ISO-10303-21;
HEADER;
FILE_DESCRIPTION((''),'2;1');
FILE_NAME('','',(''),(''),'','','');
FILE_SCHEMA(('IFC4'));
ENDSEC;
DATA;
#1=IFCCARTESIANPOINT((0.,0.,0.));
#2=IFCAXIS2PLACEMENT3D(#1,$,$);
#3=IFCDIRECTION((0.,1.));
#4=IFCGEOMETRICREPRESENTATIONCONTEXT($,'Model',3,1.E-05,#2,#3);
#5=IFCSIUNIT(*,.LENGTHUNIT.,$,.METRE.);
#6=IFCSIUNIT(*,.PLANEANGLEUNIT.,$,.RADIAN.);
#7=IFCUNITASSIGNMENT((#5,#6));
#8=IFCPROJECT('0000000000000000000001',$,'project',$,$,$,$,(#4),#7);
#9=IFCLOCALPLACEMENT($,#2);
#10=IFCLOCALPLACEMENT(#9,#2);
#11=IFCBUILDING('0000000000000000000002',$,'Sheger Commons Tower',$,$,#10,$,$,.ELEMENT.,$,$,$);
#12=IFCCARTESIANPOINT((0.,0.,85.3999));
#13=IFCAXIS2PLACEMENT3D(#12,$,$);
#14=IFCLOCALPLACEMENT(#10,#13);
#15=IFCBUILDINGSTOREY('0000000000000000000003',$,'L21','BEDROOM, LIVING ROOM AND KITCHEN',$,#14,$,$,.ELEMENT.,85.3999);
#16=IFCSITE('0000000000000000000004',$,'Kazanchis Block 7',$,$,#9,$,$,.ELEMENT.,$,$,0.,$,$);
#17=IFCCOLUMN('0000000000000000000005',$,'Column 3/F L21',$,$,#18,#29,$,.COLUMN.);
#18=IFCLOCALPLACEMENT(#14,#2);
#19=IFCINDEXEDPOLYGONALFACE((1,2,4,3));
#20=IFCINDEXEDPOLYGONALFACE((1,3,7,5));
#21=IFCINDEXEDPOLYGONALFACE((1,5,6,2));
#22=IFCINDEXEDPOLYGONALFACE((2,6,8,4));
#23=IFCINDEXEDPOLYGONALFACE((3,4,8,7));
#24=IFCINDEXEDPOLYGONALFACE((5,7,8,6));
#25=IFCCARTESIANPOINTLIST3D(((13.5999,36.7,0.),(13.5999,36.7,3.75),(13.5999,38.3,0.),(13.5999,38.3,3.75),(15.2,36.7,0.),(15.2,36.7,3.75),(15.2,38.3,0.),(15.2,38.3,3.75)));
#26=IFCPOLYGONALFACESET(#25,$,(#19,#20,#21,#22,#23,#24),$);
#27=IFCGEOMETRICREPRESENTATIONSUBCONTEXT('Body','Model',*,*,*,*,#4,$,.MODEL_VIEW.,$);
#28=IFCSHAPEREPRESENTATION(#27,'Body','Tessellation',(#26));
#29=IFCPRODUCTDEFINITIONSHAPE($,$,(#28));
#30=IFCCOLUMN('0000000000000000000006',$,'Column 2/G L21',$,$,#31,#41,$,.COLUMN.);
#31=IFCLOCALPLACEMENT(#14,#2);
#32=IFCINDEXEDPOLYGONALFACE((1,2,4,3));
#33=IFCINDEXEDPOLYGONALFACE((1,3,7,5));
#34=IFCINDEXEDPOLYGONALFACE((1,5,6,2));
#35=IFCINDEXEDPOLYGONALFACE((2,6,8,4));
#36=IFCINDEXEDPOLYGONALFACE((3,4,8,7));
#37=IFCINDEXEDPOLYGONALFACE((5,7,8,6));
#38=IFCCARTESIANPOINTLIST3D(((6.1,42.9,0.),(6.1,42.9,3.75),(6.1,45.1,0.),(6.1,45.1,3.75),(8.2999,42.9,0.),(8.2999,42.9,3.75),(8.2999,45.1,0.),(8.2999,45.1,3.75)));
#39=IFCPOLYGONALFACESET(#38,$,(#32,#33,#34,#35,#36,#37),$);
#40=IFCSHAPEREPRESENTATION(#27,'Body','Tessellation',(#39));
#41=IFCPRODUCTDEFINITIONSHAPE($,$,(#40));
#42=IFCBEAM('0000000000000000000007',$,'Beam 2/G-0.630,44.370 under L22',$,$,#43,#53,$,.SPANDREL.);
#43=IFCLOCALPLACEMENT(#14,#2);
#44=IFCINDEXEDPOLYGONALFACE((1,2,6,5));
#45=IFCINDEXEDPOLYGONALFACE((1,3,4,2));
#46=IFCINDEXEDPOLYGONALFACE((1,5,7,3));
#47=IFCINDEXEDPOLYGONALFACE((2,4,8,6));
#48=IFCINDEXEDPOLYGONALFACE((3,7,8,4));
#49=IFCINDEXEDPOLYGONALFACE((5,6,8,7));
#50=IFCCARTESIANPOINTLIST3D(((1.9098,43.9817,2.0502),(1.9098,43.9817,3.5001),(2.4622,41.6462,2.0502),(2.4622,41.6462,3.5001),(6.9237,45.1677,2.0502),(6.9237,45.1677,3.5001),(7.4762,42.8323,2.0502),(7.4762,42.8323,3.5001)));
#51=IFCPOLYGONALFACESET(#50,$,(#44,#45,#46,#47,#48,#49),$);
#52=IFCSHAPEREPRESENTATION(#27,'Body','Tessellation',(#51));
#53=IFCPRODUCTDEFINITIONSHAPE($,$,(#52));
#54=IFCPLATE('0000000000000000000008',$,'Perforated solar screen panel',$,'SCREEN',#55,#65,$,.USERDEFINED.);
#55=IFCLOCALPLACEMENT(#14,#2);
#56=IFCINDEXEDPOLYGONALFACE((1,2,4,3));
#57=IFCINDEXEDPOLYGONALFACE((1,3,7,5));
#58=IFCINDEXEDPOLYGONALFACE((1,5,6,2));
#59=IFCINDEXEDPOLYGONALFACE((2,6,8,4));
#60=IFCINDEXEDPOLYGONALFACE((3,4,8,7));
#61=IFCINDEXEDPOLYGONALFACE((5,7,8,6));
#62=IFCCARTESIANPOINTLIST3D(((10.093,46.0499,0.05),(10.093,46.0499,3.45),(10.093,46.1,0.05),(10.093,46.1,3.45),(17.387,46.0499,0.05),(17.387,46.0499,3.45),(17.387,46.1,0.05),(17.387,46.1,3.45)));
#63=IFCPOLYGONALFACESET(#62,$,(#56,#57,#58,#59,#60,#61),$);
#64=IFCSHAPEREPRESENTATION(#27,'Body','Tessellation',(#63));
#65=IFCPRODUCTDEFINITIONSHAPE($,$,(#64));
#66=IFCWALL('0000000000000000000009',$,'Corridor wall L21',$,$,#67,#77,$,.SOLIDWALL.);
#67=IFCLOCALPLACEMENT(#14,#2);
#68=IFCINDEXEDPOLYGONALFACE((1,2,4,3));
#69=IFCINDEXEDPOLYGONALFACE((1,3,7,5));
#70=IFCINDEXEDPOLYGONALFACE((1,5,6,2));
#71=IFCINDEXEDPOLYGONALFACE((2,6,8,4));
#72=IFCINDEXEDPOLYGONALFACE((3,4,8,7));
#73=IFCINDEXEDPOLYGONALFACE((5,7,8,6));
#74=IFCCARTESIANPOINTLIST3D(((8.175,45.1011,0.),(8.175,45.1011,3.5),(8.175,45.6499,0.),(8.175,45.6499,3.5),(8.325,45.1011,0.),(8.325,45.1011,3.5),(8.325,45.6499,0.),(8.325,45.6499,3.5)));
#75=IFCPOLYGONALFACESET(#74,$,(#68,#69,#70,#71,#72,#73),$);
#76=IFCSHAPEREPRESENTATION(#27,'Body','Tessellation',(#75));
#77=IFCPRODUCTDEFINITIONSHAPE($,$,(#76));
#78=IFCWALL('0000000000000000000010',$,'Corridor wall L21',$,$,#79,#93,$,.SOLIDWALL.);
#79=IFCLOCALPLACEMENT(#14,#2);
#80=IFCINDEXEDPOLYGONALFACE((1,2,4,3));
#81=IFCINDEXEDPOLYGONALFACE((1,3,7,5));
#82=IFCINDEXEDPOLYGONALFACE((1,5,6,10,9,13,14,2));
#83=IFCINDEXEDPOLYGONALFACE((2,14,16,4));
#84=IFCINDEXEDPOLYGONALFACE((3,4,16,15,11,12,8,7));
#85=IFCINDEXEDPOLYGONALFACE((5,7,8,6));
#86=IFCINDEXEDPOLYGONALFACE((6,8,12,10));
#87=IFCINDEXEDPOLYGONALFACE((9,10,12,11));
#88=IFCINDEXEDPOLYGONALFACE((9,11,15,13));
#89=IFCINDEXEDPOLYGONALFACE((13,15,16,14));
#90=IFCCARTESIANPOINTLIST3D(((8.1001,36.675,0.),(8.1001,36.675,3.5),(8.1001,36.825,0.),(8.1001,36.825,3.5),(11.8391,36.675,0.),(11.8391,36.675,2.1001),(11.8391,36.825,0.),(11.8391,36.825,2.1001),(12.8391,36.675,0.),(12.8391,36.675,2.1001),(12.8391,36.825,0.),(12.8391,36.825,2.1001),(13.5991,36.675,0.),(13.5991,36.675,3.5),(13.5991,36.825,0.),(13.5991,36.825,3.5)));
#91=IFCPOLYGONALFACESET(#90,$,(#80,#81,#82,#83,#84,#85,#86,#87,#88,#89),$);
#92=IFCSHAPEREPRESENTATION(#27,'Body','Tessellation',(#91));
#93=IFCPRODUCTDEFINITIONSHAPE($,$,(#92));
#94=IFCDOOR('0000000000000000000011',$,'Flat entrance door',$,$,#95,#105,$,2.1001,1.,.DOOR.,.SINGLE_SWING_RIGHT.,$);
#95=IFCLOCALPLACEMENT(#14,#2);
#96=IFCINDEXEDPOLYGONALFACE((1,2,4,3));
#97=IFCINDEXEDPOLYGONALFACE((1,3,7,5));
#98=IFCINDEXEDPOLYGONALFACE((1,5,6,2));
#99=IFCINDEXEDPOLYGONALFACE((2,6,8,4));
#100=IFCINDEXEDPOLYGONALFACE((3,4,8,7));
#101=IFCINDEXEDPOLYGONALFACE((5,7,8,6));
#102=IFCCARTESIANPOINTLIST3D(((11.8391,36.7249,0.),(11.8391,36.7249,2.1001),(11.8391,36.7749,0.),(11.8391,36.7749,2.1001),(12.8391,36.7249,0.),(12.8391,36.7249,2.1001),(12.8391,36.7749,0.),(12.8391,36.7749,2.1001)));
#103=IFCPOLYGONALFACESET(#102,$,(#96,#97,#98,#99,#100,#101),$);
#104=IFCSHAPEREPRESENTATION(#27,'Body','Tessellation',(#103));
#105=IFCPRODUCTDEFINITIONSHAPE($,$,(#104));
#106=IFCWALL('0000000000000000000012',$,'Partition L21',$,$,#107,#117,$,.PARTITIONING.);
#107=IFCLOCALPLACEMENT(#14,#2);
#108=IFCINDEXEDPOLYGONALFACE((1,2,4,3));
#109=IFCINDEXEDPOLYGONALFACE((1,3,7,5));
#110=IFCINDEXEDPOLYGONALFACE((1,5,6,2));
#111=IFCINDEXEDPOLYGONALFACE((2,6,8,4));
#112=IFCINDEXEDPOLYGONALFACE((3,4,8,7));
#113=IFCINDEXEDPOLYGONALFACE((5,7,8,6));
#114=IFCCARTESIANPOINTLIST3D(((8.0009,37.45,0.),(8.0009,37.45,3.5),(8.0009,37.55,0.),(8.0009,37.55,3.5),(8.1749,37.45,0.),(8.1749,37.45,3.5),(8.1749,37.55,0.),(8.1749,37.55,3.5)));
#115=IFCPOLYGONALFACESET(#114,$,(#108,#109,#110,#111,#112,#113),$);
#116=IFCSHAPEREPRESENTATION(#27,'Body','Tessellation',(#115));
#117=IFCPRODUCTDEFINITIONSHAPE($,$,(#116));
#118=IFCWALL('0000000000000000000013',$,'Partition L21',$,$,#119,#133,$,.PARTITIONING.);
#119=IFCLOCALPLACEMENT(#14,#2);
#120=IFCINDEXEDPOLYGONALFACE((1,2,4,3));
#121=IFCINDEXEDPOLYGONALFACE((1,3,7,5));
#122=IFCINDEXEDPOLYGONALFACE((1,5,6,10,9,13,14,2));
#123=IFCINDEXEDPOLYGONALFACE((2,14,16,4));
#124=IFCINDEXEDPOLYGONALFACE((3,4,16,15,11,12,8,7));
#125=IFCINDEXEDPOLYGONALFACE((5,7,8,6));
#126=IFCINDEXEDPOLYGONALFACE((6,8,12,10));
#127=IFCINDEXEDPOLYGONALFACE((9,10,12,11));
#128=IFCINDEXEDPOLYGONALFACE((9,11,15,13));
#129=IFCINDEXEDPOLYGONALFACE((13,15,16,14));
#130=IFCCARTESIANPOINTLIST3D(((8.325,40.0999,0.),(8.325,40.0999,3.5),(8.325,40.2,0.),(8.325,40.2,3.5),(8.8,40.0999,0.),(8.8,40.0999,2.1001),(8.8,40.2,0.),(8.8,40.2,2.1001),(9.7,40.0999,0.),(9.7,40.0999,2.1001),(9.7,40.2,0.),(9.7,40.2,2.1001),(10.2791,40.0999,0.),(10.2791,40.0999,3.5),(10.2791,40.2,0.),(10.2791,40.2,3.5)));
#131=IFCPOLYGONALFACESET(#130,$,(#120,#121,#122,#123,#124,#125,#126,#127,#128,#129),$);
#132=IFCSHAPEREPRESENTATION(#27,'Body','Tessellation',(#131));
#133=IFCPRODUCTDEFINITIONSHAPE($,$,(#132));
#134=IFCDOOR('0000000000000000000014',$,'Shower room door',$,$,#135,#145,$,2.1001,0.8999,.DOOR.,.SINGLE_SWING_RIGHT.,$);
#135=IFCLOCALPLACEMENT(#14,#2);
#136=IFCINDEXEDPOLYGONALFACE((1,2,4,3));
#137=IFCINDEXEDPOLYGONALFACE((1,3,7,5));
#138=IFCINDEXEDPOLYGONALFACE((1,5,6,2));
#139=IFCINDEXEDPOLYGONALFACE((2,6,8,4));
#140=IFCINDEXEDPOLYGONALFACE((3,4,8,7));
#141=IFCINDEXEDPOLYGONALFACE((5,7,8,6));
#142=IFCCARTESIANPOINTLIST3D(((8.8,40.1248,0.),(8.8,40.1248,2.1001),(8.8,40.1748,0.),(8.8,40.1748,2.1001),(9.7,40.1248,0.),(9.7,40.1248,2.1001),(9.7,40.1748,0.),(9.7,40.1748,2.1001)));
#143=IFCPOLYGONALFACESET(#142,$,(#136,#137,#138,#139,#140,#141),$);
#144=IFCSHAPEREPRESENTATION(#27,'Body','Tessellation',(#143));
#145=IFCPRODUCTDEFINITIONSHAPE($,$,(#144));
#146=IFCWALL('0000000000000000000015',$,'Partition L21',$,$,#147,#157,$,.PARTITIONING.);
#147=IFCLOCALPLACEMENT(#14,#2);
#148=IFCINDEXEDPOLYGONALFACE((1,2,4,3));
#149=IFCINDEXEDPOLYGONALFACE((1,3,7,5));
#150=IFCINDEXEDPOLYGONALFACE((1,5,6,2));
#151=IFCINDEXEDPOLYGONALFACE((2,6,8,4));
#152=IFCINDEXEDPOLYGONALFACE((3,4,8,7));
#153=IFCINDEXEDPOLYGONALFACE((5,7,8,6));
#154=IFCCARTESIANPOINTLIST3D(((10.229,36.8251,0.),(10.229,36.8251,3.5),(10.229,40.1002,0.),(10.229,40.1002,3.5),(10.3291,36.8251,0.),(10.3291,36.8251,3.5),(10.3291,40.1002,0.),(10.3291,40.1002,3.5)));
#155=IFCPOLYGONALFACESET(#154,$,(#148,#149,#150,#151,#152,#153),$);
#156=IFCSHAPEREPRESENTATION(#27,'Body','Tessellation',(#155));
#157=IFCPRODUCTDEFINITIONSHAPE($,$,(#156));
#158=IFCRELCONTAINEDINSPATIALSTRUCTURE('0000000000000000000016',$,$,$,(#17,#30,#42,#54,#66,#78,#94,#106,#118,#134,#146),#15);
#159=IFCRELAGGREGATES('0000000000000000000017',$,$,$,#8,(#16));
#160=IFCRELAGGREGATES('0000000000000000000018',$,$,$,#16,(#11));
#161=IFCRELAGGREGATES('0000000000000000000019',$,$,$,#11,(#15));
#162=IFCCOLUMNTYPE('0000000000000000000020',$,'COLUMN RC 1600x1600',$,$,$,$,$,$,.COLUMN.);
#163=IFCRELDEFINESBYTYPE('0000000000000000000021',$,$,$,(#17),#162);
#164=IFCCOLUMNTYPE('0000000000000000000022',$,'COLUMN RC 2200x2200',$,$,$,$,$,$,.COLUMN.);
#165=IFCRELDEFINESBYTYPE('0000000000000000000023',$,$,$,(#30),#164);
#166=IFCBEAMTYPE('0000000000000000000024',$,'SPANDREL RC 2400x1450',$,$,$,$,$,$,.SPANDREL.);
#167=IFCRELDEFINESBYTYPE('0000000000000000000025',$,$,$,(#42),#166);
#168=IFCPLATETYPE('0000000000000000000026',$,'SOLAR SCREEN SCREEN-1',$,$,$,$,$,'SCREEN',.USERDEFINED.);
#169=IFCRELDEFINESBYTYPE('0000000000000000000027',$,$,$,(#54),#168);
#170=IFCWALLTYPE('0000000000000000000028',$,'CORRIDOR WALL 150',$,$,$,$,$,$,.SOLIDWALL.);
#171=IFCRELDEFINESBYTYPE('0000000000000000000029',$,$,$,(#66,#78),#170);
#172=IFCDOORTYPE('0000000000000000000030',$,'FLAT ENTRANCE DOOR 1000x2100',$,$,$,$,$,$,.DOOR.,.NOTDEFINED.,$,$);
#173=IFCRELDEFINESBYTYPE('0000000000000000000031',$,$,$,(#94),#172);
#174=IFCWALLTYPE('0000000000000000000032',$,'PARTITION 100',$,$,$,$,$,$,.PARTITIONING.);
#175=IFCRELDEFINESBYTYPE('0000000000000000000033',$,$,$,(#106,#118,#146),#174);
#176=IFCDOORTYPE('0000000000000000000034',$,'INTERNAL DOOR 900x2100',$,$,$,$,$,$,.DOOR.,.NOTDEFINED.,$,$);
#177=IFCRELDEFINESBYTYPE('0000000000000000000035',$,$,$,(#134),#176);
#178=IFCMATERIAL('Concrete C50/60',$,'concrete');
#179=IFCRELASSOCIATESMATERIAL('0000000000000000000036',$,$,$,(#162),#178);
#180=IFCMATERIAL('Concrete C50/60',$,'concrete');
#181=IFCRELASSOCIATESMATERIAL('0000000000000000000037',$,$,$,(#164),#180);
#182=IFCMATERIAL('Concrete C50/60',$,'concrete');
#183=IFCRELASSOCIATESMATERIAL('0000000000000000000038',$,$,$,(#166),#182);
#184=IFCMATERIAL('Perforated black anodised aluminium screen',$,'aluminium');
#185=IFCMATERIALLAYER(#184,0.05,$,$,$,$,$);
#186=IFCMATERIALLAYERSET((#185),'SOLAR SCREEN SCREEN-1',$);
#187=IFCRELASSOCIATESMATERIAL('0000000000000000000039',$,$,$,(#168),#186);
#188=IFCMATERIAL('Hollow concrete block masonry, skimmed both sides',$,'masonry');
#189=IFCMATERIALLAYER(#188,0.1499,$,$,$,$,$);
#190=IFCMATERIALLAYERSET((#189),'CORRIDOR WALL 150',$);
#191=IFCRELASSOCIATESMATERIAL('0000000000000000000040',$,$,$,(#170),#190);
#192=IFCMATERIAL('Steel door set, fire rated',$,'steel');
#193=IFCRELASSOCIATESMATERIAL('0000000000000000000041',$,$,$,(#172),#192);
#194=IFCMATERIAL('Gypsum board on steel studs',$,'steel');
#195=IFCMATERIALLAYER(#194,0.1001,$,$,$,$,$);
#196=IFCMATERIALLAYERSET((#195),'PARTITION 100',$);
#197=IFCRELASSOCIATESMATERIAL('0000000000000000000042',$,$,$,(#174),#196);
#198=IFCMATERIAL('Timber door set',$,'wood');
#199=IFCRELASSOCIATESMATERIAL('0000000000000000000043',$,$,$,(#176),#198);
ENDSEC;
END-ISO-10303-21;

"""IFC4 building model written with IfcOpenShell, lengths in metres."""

from ifc_helpers import new_model, si_unit, direction, frame, frame_2d, origin, origin_2d, place, context, subcontext, project, spatial, rectangle, extrude, material, layer, layer_set, material_profile, profile_set, type_object, element, fill, save


model = new_model("IFC4")

# Units and contexts
model_context = context("Model", 3, precision=1e-05, world=origin(), true_north=direction((0.0, 1.0)))
body_context = subcontext(model_context, "Body", "Model", "MODEL_VIEW")
ifc_project = project(units=[si_unit("LENGTHUNIT", "METRE"), si_unit("PLANEANGLEUNIT", "RADIAN")], contexts=[model_context])

# Site, building, storey
site_placement = place(None, origin())
site = spatial("IfcSite", under=ifc_project, at=site_placement, Name="Kazanchis Block 7", CompositionType="ELEMENT", RefElevation=0.0)
building_placement = place(site_placement, origin())
building = spatial("IfcBuilding", under=site, at=building_placement, Name="Sheger Commons Tower", CompositionType="ELEMENT")
storey_placement = place(building_placement, frame((0.0, 0.0, 85.3999)))
storey = spatial("IfcBuildingStorey", under=building, at=storey_placement, Name="L21", Description="BEDROOM, LIVING ROOM AND KITCHEN", CompositionType="ELEMENT", Elevation=85.3999)

# Columns
ifc_material_1 = material(Name="Concrete C50/60", Category="concrete")
ifc_material_profile_1 = material_profile(ifc_material_1, rectangle(XDim=1.6001, YDim=1.6001, at=origin_2d()), Name="RC 1600x1600")
ifc_profile_set_1 = profile_set([ifc_material_profile_1], Name="Concrete C50/60")
column_type_1 = type_object("IfcColumnType", Name="COLUMN RC 1600x1600", PredefinedType="COLUMN", material=ifc_profile_set_1)
column_1_placement = place(storey_placement, frame((14.3999, 37.5, 0.0), z_axis=(0.0, 0.0, 1.0), x_axis=(1.0, 0.0, 0.0)))
element("IfcColumn", 1, at=column_1_placement, inside=storey, type_object=column_type_1, Name="Column 3/F L21", PredefinedType="COLUMN", context=body_context, shape_type="SweptSolid", body=[
    extrude(rectangle(XDim=1.6001, YDim=1.6001, at=origin_2d()), origin(), (0.0, 0.0, 1.0), 3.75),
])
ifc_material_2 = material(Name="Concrete C50/60", Category="concrete")
ifc_material_profile_2 = material_profile(ifc_material_2, rectangle(XDim=2.2, YDim=2.2, at=origin_2d()), Name="RC 2200x2200")
ifc_profile_set_2 = profile_set([ifc_material_profile_2], Name="Concrete C50/60")
column_type_2 = type_object("IfcColumnType", Name="COLUMN RC 2200x2200", PredefinedType="COLUMN", material=ifc_profile_set_2)
column_2_placement = place(storey_placement, frame((7.2, 44.0, 0.0), z_axis=(0.0, 0.0, 1.0), x_axis=(1.0, 0.0, 0.0)))
element("IfcColumn", 2, at=column_2_placement, inside=storey, type_object=column_type_2, Name="Column 2/G L21", PredefinedType="COLUMN", context=body_context, shape_type="SweptSolid", body=[
    extrude(rectangle(XDim=2.2, YDim=2.2, at=origin_2d()), origin(), (0.0, 0.0, 1.0), 3.75),
])

# Beam
ifc_material_3 = material(Name="Concrete C50/60", Category="concrete")
ifc_material_profile_3 = material_profile(ifc_material_3, rectangle(XDim=2.3999, YDim=1.45, at=origin_2d()), Name="RC 2400x1450")
ifc_profile_set_3 = profile_set([ifc_material_profile_3], Name="Concrete C50/60")
beam_type = type_object("IfcBeamType", Name="SPANDREL RC 2400x1450", PredefinedType="SPANDREL", material=ifc_profile_set_3)
beam_placement = place(storey_placement, frame((7.2, 44.0, 2.7751), z_axis=(-0.973144, -0.230196, 0.0), x_axis=(0.230196, -0.973144, 0.0)))
element("IfcBeam", 3, at=beam_placement, inside=storey, type_object=beam_type, Name="Beam 2/G-0.630,44.370 under L22", PredefinedType="SPANDREL", context=body_context, shape_type="SweptSolid", body=[
    extrude(rectangle(XDim=2.3999, YDim=1.45, at=origin_2d()), origin(), (0.0, 0.0, 1.0), 5.1523),
])

# Plate
ifc_material_4 = material(Name="Perforated black anodised aluminium screen", Category="aluminium")
ifc_layer_1 = layer(ifc_material_4, 0.05)
ifc_layer_set_1 = layer_set([ifc_layer_1], Name="SOLAR SCREEN SCREEN-1")
plate_type = type_object("IfcPlateType", Name="SOLAR SCREEN SCREEN-1", ElementType="SCREEN", PredefinedType="USERDEFINED", material=ifc_layer_set_1)
plate_placement = place(storey_placement, frame((13.74, 46.075, 0.05), z_axis=(0.0, 0.0, 1.0), x_axis=(-1.0, 0.0, 0.0)))
element("IfcPlate", 4, at=plate_placement, inside=storey, type_object=plate_type, Name="Perforated solar screen panel", ObjectType="SCREEN", PredefinedType="USERDEFINED", context=body_context, shape_type="SweptSolid", body=[
    extrude(rectangle(XDim=7.2939, YDim=0.05, at=origin_2d()), origin(), (0.0, 0.0, 1.0), 3.3999),
])

# Wall
ifc_material_5 = material(Name="Hollow concrete block masonry, skimmed both sides", Category="masonry")
ifc_layer_2 = layer(ifc_material_5, 0.1499)
ifc_layer_set_2 = layer_set([ifc_layer_2], Name="CORRIDOR WALL 150")
wall_type_1 = type_object("IfcWallType", Name="CORRIDOR WALL 150", PredefinedType="SOLIDWALL", material=ifc_layer_set_2)
wall_1_placement = place(storey_placement, frame((8.25, 45.1011, 0.0), z_axis=(0.0, 0.0, 1.0), x_axis=(0.0, 1.0, 0.0)))
element("IfcWall", 5, at=wall_1_placement, inside=storey, type_object=wall_type_1, Name="Corridor wall L21", PredefinedType="SOLIDWALL", context=body_context, shape_type="SweptSolid", body=[
    extrude(rectangle(XDim=0.5488, YDim=0.1499, at=frame_2d((0.2744, 0.0))), origin(), (0.0, 0.0, 1.0), 3.5),
])

# Wall, opening, door
wall_2_placement = place(storey_placement, frame((8.1001, 36.75, 0.0), z_axis=(0.0, 0.0, 1.0), x_axis=(1.0, 0.0, 0.0)))
wall_2 = element("IfcWall", 6, at=wall_2_placement, inside=storey, type_object=wall_type_1, Name="Corridor wall L21", PredefinedType="SOLIDWALL", context=body_context, shape_type="SweptSolid", body=[
    extrude(rectangle(XDim=5.499, YDim=0.1499, at=frame_2d((2.7495, 0.0))), origin(), (0.0, 0.0, 1.0), 3.5),
])
opening_1_placement = place(wall_2_placement, frame((3.739, 0.0, 0.0)))
opening_1 = element("IfcOpeningElement", 7, at=opening_1_placement, cuts=wall_2, PredefinedType="OPENING", context=body_context, shape_type="SweptSolid", body=[
    extrude(rectangle(XDim=1.0, YDim=2.1001, at=frame_2d((0.5, 1.05))), frame((0.0, 0.085, 0.0), z_axis=(0.0, -1.0, 0.0), x_axis=(1.0, 0.0, 0.0)), (0.0, 0.0, 1.0), 0.1699),
])
ifc_material_6 = material(Name="Steel door set, fire rated", Category="steel")
door_type_1 = type_object("IfcDoorType", Name="FLAT ENTRANCE DOOR 1000x2100", OperationType="NOTDEFINED", PredefinedType="DOOR", material=ifc_material_6)
door_1_placement = place(opening_1_placement, origin())
door_1 = element("IfcDoor", 8, at=door_1_placement, inside=storey, type_object=door_type_1, Name="Flat entrance door", OperationType="SINGLE_SWING_RIGHT", OverallHeight=2.1001, OverallWidth=1.0, PredefinedType="DOOR", context=body_context, shape_type="SweptSolid", body=[
    extrude(rectangle(XDim=1.0, YDim=2.1001, at=frame_2d((0.5, 1.05))), frame((0.0, 0.0249, 0.0), z_axis=(0.0, -1.0, 0.0), x_axis=(1.0, 0.0, 0.0)), (0.0, 0.0, 1.0), 0.05),
])
fill(opening_1, door_1)

# Wall
ifc_material_7 = material(Name="Gypsum board on steel studs", Category="steel")
ifc_layer_3 = layer(ifc_material_7, 0.1001)
ifc_layer_set_3 = layer_set([ifc_layer_3], Name="PARTITION 100")
wall_type_2 = type_object("IfcWallType", Name="PARTITION 100", PredefinedType="PARTITIONING", material=ifc_layer_set_3)
wall_3_placement = place(storey_placement, frame((8.001, 37.5, 0.0), z_axis=(0.0, 0.0, 1.0), x_axis=(1.0, 0.0, 0.0)))
element("IfcWall", 9, at=wall_3_placement, inside=storey, type_object=wall_type_2, Name="Partition L21", PredefinedType="PARTITIONING", context=body_context, shape_type="SweptSolid", body=[
    extrude(rectangle(XDim=0.1741, YDim=0.1001, at=frame_2d((0.0869, 0.0))), origin(), (0.0, 0.0, 1.0), 3.5),
])

# Wall, opening, door
wall_4_placement = place(storey_placement, frame((8.325, 40.1499, 0.0), z_axis=(0.0, 0.0, 1.0), x_axis=(1.0, 0.0, 0.0)))
wall_4 = element("IfcWall", 10, at=wall_4_placement, inside=storey, type_object=wall_type_2, Name="Partition L21", PredefinedType="PARTITIONING", context=body_context, shape_type="SweptSolid", body=[
    extrude(rectangle(XDim=1.9541, YDim=0.1001, at=frame_2d((0.9771, 0.0))), origin(), (0.0, 0.0, 1.0), 3.5),
])
opening_2_placement = place(wall_4_placement, frame((0.4751, 0.0, 0.0)))
opening_2 = element("IfcOpeningElement", 11, at=opening_2_placement, cuts=wall_4, PredefinedType="OPENING", context=body_context, shape_type="SweptSolid", body=[
    extrude(rectangle(XDim=0.8999, YDim=2.1001, at=frame_2d((0.45, 1.05))), frame((0.0, 0.0601, 0.0), z_axis=(0.0, -1.0, 0.0), x_axis=(1.0, 0.0, 0.0)), (0.0, 0.0, 1.0), 0.1201),
])
ifc_material_8 = material(Name="Timber door set", Category="wood")
door_type_2 = type_object("IfcDoorType", Name="INTERNAL DOOR 900x2100", OperationType="NOTDEFINED", PredefinedType="DOOR", material=ifc_material_8)
door_2_placement = place(opening_2_placement, origin())
door_2 = element("IfcDoor", 12, at=door_2_placement, inside=storey, type_object=door_type_2, Name="Shower room door", OperationType="SINGLE_SWING_RIGHT", OverallHeight=2.1001, OverallWidth=0.8999, PredefinedType="DOOR", context=body_context, shape_type="SweptSolid", body=[
    extrude(rectangle(XDim=0.8999, YDim=2.1001, at=frame_2d((0.45, 1.05))), frame((0.0, 0.0249, 0.0), z_axis=(0.0, -1.0, 0.0), x_axis=(1.0, 0.0, 0.0)), (0.0, 0.0, 1.0), 0.05),
])
fill(opening_2, door_2)

# Wall
wall_5_placement = place(storey_placement, frame((10.2791, 36.825, 0.0), z_axis=(0.0, 0.0, 1.0), x_axis=(0.0, 1.0, 0.0)))
element("IfcWall", 13, at=wall_5_placement, inside=storey, type_object=wall_type_2, Name="Partition L21", PredefinedType="PARTITIONING", context=body_context, shape_type="SweptSolid", body=[
    extrude(rectangle(XDim=3.2751, YDim=0.1001, at=frame_2d((1.6377, 0.0))), origin(), (0.0, 0.0, 1.0), 3.5),
])

save(model, "model.ifc")
